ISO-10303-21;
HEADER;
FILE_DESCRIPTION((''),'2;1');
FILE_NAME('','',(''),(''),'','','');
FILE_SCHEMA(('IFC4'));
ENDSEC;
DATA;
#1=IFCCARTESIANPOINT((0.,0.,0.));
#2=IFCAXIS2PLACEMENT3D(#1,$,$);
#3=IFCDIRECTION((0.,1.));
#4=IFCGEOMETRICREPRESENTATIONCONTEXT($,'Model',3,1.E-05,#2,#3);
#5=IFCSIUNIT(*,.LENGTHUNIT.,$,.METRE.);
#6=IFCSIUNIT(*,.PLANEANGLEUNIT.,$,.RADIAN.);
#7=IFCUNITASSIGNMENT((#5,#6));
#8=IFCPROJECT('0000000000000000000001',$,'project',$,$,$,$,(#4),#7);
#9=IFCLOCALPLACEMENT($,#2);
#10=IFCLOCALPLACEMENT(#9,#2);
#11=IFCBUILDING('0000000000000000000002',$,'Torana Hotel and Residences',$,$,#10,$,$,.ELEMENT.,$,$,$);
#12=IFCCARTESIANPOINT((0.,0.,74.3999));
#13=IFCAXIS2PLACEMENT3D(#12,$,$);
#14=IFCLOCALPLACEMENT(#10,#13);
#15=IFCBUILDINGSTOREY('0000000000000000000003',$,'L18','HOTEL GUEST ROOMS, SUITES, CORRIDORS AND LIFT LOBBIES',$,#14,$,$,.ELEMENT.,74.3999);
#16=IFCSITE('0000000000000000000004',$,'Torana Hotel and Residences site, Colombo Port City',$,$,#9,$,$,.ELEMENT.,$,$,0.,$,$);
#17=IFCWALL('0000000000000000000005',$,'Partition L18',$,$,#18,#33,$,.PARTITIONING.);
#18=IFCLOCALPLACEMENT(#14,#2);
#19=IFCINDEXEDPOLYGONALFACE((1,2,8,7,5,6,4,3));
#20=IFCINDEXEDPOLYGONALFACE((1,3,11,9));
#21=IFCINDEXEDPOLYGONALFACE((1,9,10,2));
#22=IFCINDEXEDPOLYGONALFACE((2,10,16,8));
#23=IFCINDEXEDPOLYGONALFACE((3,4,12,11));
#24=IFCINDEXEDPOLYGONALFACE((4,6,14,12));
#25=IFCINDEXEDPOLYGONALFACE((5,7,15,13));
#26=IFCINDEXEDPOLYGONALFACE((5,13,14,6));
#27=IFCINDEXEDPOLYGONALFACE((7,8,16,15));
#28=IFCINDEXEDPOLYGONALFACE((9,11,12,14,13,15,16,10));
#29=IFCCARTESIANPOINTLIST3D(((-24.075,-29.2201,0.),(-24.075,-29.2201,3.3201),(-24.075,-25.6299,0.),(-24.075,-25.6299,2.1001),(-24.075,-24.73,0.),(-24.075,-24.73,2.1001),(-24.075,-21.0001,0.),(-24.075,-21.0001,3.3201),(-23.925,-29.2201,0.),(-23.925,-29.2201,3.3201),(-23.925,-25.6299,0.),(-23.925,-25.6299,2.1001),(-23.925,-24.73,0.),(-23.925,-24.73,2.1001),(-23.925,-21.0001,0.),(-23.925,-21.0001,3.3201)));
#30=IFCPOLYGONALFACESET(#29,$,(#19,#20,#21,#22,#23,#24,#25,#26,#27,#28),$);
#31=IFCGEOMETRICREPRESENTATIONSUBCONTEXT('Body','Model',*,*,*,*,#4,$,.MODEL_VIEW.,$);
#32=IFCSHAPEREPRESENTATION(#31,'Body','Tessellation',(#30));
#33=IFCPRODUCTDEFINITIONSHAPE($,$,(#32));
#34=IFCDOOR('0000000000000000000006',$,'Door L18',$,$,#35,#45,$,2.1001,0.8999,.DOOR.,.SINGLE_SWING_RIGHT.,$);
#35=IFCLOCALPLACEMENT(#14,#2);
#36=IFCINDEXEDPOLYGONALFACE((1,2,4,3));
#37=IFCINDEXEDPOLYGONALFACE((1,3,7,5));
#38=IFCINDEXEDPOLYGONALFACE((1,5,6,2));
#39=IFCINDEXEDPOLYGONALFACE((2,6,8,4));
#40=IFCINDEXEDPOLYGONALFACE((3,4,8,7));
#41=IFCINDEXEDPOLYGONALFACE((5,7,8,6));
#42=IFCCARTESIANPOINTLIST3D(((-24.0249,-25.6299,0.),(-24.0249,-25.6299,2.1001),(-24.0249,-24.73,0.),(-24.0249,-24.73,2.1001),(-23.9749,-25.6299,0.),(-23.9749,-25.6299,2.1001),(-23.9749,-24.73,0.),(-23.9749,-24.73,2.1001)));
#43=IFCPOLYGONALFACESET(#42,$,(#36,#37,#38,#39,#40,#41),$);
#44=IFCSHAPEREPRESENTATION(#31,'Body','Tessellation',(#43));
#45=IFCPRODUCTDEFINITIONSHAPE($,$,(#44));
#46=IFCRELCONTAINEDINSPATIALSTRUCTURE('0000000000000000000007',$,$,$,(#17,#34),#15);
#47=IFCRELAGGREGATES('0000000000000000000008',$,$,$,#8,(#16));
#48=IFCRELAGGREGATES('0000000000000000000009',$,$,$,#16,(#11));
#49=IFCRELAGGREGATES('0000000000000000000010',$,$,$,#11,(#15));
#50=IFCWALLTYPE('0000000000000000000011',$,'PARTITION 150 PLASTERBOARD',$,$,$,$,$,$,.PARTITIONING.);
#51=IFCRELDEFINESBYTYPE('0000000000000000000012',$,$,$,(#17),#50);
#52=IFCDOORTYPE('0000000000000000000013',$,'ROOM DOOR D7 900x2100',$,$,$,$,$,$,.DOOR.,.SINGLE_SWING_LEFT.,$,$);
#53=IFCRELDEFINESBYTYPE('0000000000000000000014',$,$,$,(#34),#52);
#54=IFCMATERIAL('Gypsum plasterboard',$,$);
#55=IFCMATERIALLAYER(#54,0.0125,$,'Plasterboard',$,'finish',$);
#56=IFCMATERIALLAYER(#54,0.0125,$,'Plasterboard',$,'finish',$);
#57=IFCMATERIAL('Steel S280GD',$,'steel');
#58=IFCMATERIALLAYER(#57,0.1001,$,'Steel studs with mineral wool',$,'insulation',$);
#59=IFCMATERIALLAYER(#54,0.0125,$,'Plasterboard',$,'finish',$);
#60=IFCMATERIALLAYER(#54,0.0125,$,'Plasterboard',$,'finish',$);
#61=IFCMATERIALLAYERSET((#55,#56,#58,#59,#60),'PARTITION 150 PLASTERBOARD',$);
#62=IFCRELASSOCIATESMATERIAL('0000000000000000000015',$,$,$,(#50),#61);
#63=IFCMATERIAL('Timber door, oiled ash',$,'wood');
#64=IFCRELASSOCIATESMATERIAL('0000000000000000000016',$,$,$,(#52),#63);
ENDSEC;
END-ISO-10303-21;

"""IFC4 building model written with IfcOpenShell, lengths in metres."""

from ifc_helpers import new_model, si_unit, direction, frame, frame_2d, origin, place, context, subcontext, project, spatial, rectangle, extrude, material, layer, layer_set, type_object, element, fill, save


model = new_model("IFC4")

# Units and contexts
model_context = context("Model", 3, precision=1e-05, world=origin(), true_north=direction((0.0, 1.0)))
body_context = subcontext(model_context, "Body", "Model", "MODEL_VIEW")
ifc_project = project(units=[si_unit("LENGTHUNIT", "METRE"), si_unit("PLANEANGLEUNIT", "RADIAN")], contexts=[model_context])

# Site, building, storey
site_placement = place(None, origin())
site = spatial("IfcSite", under=ifc_project, at=site_placement, Name="Torana Hotel and Residences site, Colombo Port City", CompositionType="ELEMENT", RefElevation=0.0)
building_placement = place(site_placement, origin())
building = spatial("IfcBuilding", under=site, at=building_placement, Name="Torana Hotel and Residences", CompositionType="ELEMENT")
storey_placement = place(building_placement, frame((0.0, 0.0, 74.3999)))
storey = spatial("IfcBuildingStorey", under=building, at=storey_placement, Name="L18", Description="HOTEL GUEST ROOMS, SUITES, CORRIDORS AND LIFT LOBBIES", CompositionType="ELEMENT", Elevation=74.3999)

# Shared definitions
ifc_material_1 = material(Name="Steel S280GD", Category="steel")

# Wall, opening, door
ifc_material_2 = material(Name="Gypsum plasterboard")
ifc_layer_1 = layer(ifc_material_2, 0.0125, Name="Plasterboard", Category="finish")
ifc_layer_2 = layer(ifc_material_2, 0.0125, Name="Plasterboard", Category="finish")
ifc_layer_3 = layer(ifc_material_1, 0.1001, Name="Steel studs with mineral wool", Category="insulation")
ifc_layer_4 = layer(ifc_material_2, 0.0125, Name="Plasterboard", Category="finish")
ifc_layer_5 = layer(ifc_material_2, 0.0125, Name="Plasterboard", Category="finish")
ifc_layer_set_1 = layer_set([ifc_layer_1, ifc_layer_2, ifc_layer_3, ifc_layer_4, ifc_layer_5], Name="PARTITION 150 PLASTERBOARD")
wall_type_1 = type_object("IfcWallType", Name="PARTITION 150 PLASTERBOARD", PredefinedType="PARTITIONING", material=ifc_layer_set_1)
wall_1_placement = place(storey_placement, frame((-24.0, -29.22, 0.0), z_axis=(0.0, 0.0, 1.0), x_axis=(0.0, 1.0, 0.0)))
wall_1 = element("IfcWall", 1, at=wall_1_placement, inside=storey, type_object=wall_type_1, Name="Partition L18", PredefinedType="PARTITIONING", context=body_context, shape_type="SweptSolid", body=[
    extrude(rectangle(XDim=8.22, YDim=0.1499, at=frame_2d((4.1099, 0.0))), origin(), (0.0, 0.0, 1.0), 3.3201),
])
opening_1_placement = place(wall_1_placement, frame((3.5901, 0.0, 0.0)))
opening_1 = element("IfcOpeningElement", 2, at=opening_1_placement, cuts=wall_1, PredefinedType="OPENING", context=body_context, shape_type="SweptSolid", body=[
    extrude(rectangle(XDim=0.8999, YDim=2.1001, at=frame_2d((0.45, 1.05))), frame((0.0, 0.085, 0.0), z_axis=(0.0, -1.0, 0.0), x_axis=(1.0, 0.0, 0.0)), (0.0, 0.0, 1.0), 0.1699),
])
ifc_material_3 = material(Name="Timber door, oiled ash", Category="wood")
door_type_1 = type_object("IfcDoorType", Name="ROOM DOOR D7 900x2100", OperationType="SINGLE_SWING_LEFT", PredefinedType="DOOR", material=ifc_material_3)
door_1_placement = place(opening_1_placement, origin())
door_1 = element("IfcDoor", 3, at=door_1_placement, inside=storey, type_object=door_type_1, Name="Door L18", OperationType="SINGLE_SWING_RIGHT", OverallHeight=2.1001, OverallWidth=0.8999, PredefinedType="DOOR", context=body_context, shape_type="SweptSolid", body=[
    extrude(rectangle(XDim=0.8999, YDim=2.1001, at=frame_2d((0.45, 1.05))), frame((0.0, 0.0249, 0.0), z_axis=(0.0, -1.0, 0.0), x_axis=(1.0, 0.0, 0.0)), (0.0, 0.0, 1.0), 0.05),
])
fill(opening_1, door_1)

save(model, "model.ifc")
